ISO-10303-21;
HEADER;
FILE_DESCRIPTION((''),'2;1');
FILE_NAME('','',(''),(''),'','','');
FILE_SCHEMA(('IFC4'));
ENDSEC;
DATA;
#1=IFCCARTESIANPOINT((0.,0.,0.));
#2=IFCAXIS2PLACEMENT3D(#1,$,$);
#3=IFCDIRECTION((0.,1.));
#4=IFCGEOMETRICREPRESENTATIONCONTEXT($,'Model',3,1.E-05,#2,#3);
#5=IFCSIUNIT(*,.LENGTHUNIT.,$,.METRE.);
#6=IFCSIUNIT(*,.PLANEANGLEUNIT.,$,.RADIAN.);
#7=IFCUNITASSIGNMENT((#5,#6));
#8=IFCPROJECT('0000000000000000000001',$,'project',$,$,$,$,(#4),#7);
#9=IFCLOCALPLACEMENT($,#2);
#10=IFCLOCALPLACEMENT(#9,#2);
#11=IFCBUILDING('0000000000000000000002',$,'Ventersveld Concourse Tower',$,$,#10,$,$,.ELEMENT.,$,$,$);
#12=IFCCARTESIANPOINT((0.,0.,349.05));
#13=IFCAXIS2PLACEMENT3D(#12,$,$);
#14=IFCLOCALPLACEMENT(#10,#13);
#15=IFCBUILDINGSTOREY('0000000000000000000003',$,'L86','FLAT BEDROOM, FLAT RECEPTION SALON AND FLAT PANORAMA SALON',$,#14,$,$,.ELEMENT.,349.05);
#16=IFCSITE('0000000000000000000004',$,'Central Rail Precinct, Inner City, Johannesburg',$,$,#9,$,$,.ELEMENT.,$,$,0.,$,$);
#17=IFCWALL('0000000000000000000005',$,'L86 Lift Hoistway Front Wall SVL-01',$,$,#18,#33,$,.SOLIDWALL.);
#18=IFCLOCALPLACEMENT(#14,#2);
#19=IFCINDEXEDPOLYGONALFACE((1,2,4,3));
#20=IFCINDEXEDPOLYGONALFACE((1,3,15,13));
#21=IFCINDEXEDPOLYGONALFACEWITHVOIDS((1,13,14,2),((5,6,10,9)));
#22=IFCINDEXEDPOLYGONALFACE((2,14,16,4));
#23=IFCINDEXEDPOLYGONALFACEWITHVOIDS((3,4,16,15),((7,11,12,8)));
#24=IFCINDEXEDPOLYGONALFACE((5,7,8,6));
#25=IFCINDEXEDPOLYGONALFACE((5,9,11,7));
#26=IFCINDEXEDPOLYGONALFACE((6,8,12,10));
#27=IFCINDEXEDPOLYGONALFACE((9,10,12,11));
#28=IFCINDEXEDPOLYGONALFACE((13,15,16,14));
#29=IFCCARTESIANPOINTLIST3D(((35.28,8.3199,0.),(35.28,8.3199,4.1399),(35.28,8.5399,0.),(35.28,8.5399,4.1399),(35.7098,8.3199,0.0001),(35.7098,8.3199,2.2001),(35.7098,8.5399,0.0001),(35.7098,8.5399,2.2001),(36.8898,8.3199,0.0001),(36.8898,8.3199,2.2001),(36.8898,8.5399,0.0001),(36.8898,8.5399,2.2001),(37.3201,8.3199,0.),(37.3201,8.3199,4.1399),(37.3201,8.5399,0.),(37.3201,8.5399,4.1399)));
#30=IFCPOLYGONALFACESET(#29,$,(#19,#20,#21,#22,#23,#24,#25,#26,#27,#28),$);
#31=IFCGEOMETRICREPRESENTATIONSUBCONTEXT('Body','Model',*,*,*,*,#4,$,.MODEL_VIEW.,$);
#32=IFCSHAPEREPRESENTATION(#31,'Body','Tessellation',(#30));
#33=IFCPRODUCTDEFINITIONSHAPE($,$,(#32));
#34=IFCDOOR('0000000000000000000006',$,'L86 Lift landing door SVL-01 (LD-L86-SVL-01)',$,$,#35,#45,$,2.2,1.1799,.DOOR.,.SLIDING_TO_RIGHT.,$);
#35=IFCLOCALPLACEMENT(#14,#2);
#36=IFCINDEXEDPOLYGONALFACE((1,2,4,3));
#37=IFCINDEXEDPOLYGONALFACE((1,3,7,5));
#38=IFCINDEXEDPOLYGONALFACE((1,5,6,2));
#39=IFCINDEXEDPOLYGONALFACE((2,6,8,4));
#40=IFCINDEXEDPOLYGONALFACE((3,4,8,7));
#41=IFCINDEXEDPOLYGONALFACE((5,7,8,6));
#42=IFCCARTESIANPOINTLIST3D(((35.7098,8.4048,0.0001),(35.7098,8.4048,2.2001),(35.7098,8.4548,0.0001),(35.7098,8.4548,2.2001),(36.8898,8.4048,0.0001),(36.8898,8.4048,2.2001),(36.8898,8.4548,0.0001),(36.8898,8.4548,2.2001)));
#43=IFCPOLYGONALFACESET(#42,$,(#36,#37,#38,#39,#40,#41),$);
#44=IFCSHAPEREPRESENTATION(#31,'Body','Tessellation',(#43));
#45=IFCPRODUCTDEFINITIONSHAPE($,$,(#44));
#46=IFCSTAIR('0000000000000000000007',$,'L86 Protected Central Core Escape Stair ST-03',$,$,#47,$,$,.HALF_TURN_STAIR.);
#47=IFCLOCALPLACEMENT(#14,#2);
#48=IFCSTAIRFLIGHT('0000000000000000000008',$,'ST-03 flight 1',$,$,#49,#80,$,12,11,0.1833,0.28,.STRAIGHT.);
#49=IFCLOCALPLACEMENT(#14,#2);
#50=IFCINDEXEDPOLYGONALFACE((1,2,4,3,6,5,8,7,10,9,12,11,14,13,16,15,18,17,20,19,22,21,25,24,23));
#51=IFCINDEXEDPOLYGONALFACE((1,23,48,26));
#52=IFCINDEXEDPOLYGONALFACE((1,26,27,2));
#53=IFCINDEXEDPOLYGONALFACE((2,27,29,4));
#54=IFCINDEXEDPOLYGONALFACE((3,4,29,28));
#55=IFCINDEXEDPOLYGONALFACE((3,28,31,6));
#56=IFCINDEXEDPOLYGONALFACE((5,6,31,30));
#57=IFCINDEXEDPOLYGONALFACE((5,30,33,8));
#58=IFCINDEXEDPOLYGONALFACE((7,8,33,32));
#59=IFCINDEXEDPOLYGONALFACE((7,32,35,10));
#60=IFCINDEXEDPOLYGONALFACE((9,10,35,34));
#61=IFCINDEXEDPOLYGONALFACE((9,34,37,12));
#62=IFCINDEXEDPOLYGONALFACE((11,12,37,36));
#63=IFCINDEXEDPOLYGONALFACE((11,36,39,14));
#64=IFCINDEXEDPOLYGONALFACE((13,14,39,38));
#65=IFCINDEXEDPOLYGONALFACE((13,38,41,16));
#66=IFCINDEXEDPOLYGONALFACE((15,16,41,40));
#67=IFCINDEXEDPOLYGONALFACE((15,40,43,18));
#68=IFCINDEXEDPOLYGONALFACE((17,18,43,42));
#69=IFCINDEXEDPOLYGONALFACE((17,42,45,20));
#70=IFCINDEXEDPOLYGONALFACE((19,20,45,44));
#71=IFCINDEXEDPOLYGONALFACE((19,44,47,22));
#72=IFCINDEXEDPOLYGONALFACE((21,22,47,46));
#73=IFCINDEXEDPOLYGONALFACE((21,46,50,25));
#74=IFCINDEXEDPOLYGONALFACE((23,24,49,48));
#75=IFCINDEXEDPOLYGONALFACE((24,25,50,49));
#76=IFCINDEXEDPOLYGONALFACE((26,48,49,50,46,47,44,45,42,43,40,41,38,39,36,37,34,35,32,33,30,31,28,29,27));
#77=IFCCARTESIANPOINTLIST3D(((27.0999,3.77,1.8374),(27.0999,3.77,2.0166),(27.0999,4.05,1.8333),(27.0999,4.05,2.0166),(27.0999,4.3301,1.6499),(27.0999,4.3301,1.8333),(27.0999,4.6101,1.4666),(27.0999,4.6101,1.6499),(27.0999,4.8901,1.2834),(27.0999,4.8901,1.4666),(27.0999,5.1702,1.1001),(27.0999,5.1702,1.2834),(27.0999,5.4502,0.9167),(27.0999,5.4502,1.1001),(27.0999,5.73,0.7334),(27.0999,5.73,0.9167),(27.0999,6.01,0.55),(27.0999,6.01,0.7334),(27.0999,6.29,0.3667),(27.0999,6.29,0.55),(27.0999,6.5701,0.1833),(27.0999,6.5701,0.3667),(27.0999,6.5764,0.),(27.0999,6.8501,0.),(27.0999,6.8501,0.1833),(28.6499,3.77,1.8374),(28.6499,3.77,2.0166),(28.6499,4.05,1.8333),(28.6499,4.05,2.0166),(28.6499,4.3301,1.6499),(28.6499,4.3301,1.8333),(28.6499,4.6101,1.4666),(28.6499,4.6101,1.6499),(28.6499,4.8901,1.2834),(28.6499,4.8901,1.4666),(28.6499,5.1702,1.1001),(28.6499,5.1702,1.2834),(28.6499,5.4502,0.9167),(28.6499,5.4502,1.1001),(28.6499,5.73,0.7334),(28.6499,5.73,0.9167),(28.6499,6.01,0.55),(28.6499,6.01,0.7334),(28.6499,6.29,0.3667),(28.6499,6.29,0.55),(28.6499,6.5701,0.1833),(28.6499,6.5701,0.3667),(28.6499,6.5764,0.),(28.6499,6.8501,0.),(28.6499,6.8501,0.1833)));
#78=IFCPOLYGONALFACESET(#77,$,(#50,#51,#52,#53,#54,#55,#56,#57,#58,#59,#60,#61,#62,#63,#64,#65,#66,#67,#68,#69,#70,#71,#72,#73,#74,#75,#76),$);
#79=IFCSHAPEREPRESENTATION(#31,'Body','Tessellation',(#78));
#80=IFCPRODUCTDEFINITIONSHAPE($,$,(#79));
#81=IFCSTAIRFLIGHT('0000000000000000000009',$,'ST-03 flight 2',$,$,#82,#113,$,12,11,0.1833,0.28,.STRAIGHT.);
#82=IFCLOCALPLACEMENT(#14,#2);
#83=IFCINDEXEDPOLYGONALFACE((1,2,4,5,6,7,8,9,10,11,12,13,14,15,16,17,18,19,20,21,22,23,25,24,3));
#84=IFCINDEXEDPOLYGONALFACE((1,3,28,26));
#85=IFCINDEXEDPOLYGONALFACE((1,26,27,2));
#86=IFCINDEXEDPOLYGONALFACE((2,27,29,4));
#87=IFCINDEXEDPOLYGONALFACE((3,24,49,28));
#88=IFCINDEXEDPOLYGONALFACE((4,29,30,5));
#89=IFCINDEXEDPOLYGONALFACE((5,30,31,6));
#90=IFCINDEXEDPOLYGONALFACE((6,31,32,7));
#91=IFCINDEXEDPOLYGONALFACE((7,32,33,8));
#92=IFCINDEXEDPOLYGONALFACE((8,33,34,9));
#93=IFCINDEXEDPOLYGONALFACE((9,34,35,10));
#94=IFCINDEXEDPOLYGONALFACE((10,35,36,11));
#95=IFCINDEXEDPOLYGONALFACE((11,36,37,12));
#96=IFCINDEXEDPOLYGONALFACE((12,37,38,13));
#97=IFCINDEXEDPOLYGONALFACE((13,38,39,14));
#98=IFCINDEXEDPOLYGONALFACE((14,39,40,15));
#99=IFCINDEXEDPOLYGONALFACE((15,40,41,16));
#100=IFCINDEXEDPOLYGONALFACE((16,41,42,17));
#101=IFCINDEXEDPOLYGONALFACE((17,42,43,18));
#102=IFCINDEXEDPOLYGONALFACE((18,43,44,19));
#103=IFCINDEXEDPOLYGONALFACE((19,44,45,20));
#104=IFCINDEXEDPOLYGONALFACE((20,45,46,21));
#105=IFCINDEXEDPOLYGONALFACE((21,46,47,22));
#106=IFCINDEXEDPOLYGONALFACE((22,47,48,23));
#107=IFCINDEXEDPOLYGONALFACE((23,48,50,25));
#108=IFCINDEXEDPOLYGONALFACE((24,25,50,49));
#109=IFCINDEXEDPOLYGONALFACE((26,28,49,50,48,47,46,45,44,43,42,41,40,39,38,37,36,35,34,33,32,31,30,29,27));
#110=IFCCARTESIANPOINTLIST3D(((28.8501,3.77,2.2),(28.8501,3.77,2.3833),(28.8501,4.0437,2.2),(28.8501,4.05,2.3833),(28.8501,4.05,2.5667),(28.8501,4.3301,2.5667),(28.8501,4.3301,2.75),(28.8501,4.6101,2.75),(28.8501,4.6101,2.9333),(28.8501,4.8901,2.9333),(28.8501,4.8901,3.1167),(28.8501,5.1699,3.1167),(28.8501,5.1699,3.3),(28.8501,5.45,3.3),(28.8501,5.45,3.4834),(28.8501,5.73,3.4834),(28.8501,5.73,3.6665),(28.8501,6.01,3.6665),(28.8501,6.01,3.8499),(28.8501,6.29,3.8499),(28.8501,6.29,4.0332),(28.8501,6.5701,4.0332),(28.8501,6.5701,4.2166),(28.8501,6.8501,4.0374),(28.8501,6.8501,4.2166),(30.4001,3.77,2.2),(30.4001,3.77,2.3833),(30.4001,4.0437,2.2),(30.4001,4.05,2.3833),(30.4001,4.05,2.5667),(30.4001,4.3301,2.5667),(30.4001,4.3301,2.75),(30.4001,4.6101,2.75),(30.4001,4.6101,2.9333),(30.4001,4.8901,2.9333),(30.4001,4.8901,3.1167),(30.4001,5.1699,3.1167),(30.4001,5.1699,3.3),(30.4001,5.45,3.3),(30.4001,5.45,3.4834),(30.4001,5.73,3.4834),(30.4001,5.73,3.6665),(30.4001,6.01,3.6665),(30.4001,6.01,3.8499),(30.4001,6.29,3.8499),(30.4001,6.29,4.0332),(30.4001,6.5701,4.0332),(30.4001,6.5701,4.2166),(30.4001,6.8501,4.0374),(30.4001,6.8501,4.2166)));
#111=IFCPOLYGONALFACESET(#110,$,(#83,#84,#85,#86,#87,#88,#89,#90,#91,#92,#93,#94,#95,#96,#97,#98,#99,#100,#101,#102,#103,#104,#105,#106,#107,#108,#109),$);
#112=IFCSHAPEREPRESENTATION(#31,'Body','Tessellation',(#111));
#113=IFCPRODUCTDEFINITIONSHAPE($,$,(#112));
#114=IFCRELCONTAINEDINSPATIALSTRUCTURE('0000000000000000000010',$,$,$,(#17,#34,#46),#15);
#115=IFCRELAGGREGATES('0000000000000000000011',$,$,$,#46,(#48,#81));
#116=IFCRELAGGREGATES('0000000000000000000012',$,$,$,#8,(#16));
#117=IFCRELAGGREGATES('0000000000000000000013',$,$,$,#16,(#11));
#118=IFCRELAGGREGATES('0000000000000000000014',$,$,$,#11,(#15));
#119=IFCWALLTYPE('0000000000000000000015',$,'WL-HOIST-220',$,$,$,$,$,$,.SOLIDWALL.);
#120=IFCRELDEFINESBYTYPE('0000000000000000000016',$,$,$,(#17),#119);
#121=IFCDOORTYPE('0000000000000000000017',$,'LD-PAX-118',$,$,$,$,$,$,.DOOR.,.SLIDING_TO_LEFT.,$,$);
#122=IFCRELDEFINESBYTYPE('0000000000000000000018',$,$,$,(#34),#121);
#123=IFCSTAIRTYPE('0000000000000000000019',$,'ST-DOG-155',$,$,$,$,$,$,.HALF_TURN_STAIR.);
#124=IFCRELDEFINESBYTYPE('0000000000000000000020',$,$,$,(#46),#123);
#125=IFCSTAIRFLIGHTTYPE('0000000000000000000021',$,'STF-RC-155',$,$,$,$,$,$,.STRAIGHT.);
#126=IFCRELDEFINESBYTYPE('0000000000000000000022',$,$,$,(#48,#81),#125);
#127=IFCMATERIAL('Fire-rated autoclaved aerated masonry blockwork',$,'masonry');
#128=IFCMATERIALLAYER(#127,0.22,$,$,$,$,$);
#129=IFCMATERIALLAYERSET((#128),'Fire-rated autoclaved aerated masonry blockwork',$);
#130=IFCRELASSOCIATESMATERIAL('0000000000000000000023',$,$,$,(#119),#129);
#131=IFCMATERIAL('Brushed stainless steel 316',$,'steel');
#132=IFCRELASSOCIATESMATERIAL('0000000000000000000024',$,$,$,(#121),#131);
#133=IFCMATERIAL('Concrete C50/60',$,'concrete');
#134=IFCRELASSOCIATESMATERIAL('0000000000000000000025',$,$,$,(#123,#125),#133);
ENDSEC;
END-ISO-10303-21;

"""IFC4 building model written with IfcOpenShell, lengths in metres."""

from ifc_helpers import new_model, si_unit, direction, frame, frame_2d, origin, place, context, subcontext, project, spatial, polyline, rectangle, outline, extrude, material, layer, layer_set, type_object, element, fill, aggregate, save


model = new_model("IFC4")

# Units and contexts
model_context = context("Model", 3, precision=1e-05, world=origin(), true_north=direction((0.0, 1.0)))
body_context = subcontext(model_context, "Body", "Model", "MODEL_VIEW")
ifc_project = project(units=[si_unit("LENGTHUNIT", "METRE"), si_unit("PLANEANGLEUNIT", "RADIAN")], contexts=[model_context])

# Site, building, storey
site_placement = place(None, origin())
site = spatial("IfcSite", under=ifc_project, at=site_placement, Name="Central Rail Precinct, Inner City, Johannesburg", CompositionType="ELEMENT", RefElevation=0.0)
building_placement = place(site_placement, origin())
building = spatial("IfcBuilding", under=site, at=building_placement, Name="Ventersveld Concourse Tower", CompositionType="ELEMENT")
storey_placement = place(building_placement, frame((0.0, 0.0, 349.05)))
storey = spatial("IfcBuildingStorey", under=building, at=storey_placement, Name="L86", Description="FLAT BEDROOM, FLAT RECEPTION SALON AND FLAT PANORAMA SALON", CompositionType="ELEMENT", Elevation=349.05)

# Shared definitions
ifc_material_1 = material(Name="Concrete C50/60", Category="concrete")

# Shared definitions
ifc_material_2 = material(Name="Fire-rated autoclaved aerated masonry blockwork", Category="masonry")

# Shared definitions
ifc_layer_1 = layer(ifc_material_2, 0.22)
ifc_layer_set_1 = layer_set([ifc_layer_1], Name="Fire-rated autoclaved aerated masonry blockwork")
wall_type_1 = type_object("IfcWallType", Name="WL-HOIST-220", PredefinedType="SOLIDWALL", material=ifc_layer_set_1)

# Wall, opening, door
wall_1_placement = place(storey_placement, frame((35.28, 8.4299, 0.0), z_axis=(0.0, 0.0, 1.0), x_axis=(1.0, 0.0, 0.0)))
wall_1 = element("IfcWall", 1, at=wall_1_placement, inside=storey, type_object=wall_type_1, Name="L86 Lift Hoistway Front Wall SVL-01", PredefinedType="SOLIDWALL", context=body_context, shape_type="SweptSolid", body=[
    extrude(rectangle(XDim=2.04, YDim=0.22, at=frame_2d((1.02, 0.0))), origin(), (0.0, 0.0, 1.0), 4.1399),
])
opening_1_placement = place(wall_1_placement, frame((0.4299, 0.0, 0.0)))
opening_1 = element("IfcOpeningElement", 2, at=opening_1_placement, cuts=wall_1, PredefinedType="OPENING", context=body_context, shape_type="SweptSolid", body=[
    extrude(rectangle(XDim=1.1799, YDim=2.2, at=frame_2d((0.5898, 1.1001))), frame((0.0, 0.1201, 0.0), z_axis=(0.0, -1.0, 0.0), x_axis=(1.0, 0.0, 0.0)), (0.0, 0.0, 1.0), 0.24),
])
ifc_material_3 = material(Name="Brushed stainless steel 316", Category="steel")
door_type_1 = type_object("IfcDoorType", Name="LD-PAX-118", OperationType="SLIDING_TO_LEFT", PredefinedType="DOOR", material=ifc_material_3)
door_1_placement = place(opening_1_placement, origin())
door_1 = element("IfcDoor", 3, at=door_1_placement, inside=storey, type_object=door_type_1, Name="L86 Lift landing door SVL-01 (LD-L86-SVL-01)", OperationType="SLIDING_TO_RIGHT", OverallHeight=2.2, OverallWidth=1.1799, PredefinedType="DOOR", context=body_context, shape_type="SweptSolid", body=[
    extrude(rectangle(XDim=1.1799, YDim=2.2, at=frame_2d((0.5898, 1.1001))), frame((0.0, 0.0249, 0.0), z_axis=(0.0, -1.0, 0.0), x_axis=(1.0, 0.0, 0.0)), (0.0, 0.0, 1.0), 0.05),
])
fill(opening_1, door_1)

# Stair, stair flights
stair_type = type_object("IfcStairType", Name="ST-DOG-155", PredefinedType="HALF_TURN_STAIR", material=ifc_material_1)
stair_placement = place(storey_placement, origin())
stair = element("IfcStair", 4, at=stair_placement, inside=storey, type_object=stair_type, Name="L86 Protected Central Core Escape Stair ST-03", PredefinedType="HALF_TURN_STAIR")
stair_flight_type = type_object("IfcStairFlightType", Name="STF-RC-155", PredefinedType="STRAIGHT", material=ifc_material_1)
stair_flight_1_placement = place(storey_placement, frame((27.875, 6.8501, 0.0), z_axis=(0.0, 0.0, 1.0), x_axis=(0.0, -1.0, 0.0)))
stair_flight_1 = element("IfcStairFlight", 5, at=stair_flight_1_placement, type_object=stair_flight_type, Name="ST-03 flight 1", NumberOfRisers=12, NumberOfTreads=11, PredefinedType="STRAIGHT", RiserHeight=0.1833, TreadLength=0.28, context=body_context, shape_type="SweptSolid", body=[
    extrude(outline(polyline([(0.0, 0.0), (0.0, 0.1833), (0.28, 0.1833), (0.28, 0.3667), (0.5601, 0.3667), (0.5601, 0.55), (0.8401, 0.55), (0.8401, 0.7334), (1.1201, 0.7334), (1.1201, 0.9167), (1.3999, 0.9167), (1.3999, 1.1001), (1.6799, 1.1001), (1.6799, 1.2834), (1.96, 1.2834), (1.96, 1.4666), (2.24, 1.4666), (2.24, 1.6499), (2.52, 1.6499), (2.52, 1.8333), (2.8, 1.8333), (2.8, 2.0166), (3.0801, 2.0166), (3.0801, 2.2), (3.0801, 1.8374), (0.2737, 0.0), (0.0, 0.0)])), frame((0.0, 0.7749, 0.0), z_axis=(0.0, -1.0, 0.0), x_axis=(1.0, 0.0, 0.0)), (0.0, 0.0, 1.0), 1.55),
])
stair_flight_2_placement = place(storey_placement, frame((29.625, 3.77, 2.2), z_axis=(0.0, 0.0, 1.0), x_axis=(0.0, 1.0, 0.0)))
stair_flight_2 = element("IfcStairFlight", 6, at=stair_flight_2_placement, type_object=stair_flight_type, Name="ST-03 flight 2", NumberOfRisers=12, NumberOfTreads=11, PredefinedType="STRAIGHT", RiserHeight=0.1833, TreadLength=0.28, context=body_context, shape_type="SweptSolid", body=[
    extrude(outline(polyline([(0.0, 0.0), (0.0, 0.1833), (0.28, 0.1833), (0.28, 0.3667), (0.5601, 0.3667), (0.5601, 0.55), (0.8401, 0.55), (0.8401, 0.7334), (1.1201, 0.7334), (1.1201, 0.9167), (1.3999, 0.9167), (1.3999, 1.1001), (1.6799, 1.1001), (1.6799, 1.2834), (1.96, 1.2834), (1.96, 1.4666), (2.24, 1.4666), (2.24, 1.6499), (2.52, 1.6499), (2.52, 1.8333), (2.8, 1.8333), (2.8, 2.0166), (3.0801, 2.0166), (3.0801, 2.2), (3.0801, 1.8374), (0.2737, 0.0), (0.0, 0.0)])), frame((0.0, 0.7749, 0.0), z_axis=(0.0, -1.0, 0.0), x_axis=(1.0, 0.0, 0.0)), (0.0, 0.0, 1.0), 1.55),
])
aggregate(stair, [stair_flight_1, stair_flight_2])

save(model, "model.ifc")
